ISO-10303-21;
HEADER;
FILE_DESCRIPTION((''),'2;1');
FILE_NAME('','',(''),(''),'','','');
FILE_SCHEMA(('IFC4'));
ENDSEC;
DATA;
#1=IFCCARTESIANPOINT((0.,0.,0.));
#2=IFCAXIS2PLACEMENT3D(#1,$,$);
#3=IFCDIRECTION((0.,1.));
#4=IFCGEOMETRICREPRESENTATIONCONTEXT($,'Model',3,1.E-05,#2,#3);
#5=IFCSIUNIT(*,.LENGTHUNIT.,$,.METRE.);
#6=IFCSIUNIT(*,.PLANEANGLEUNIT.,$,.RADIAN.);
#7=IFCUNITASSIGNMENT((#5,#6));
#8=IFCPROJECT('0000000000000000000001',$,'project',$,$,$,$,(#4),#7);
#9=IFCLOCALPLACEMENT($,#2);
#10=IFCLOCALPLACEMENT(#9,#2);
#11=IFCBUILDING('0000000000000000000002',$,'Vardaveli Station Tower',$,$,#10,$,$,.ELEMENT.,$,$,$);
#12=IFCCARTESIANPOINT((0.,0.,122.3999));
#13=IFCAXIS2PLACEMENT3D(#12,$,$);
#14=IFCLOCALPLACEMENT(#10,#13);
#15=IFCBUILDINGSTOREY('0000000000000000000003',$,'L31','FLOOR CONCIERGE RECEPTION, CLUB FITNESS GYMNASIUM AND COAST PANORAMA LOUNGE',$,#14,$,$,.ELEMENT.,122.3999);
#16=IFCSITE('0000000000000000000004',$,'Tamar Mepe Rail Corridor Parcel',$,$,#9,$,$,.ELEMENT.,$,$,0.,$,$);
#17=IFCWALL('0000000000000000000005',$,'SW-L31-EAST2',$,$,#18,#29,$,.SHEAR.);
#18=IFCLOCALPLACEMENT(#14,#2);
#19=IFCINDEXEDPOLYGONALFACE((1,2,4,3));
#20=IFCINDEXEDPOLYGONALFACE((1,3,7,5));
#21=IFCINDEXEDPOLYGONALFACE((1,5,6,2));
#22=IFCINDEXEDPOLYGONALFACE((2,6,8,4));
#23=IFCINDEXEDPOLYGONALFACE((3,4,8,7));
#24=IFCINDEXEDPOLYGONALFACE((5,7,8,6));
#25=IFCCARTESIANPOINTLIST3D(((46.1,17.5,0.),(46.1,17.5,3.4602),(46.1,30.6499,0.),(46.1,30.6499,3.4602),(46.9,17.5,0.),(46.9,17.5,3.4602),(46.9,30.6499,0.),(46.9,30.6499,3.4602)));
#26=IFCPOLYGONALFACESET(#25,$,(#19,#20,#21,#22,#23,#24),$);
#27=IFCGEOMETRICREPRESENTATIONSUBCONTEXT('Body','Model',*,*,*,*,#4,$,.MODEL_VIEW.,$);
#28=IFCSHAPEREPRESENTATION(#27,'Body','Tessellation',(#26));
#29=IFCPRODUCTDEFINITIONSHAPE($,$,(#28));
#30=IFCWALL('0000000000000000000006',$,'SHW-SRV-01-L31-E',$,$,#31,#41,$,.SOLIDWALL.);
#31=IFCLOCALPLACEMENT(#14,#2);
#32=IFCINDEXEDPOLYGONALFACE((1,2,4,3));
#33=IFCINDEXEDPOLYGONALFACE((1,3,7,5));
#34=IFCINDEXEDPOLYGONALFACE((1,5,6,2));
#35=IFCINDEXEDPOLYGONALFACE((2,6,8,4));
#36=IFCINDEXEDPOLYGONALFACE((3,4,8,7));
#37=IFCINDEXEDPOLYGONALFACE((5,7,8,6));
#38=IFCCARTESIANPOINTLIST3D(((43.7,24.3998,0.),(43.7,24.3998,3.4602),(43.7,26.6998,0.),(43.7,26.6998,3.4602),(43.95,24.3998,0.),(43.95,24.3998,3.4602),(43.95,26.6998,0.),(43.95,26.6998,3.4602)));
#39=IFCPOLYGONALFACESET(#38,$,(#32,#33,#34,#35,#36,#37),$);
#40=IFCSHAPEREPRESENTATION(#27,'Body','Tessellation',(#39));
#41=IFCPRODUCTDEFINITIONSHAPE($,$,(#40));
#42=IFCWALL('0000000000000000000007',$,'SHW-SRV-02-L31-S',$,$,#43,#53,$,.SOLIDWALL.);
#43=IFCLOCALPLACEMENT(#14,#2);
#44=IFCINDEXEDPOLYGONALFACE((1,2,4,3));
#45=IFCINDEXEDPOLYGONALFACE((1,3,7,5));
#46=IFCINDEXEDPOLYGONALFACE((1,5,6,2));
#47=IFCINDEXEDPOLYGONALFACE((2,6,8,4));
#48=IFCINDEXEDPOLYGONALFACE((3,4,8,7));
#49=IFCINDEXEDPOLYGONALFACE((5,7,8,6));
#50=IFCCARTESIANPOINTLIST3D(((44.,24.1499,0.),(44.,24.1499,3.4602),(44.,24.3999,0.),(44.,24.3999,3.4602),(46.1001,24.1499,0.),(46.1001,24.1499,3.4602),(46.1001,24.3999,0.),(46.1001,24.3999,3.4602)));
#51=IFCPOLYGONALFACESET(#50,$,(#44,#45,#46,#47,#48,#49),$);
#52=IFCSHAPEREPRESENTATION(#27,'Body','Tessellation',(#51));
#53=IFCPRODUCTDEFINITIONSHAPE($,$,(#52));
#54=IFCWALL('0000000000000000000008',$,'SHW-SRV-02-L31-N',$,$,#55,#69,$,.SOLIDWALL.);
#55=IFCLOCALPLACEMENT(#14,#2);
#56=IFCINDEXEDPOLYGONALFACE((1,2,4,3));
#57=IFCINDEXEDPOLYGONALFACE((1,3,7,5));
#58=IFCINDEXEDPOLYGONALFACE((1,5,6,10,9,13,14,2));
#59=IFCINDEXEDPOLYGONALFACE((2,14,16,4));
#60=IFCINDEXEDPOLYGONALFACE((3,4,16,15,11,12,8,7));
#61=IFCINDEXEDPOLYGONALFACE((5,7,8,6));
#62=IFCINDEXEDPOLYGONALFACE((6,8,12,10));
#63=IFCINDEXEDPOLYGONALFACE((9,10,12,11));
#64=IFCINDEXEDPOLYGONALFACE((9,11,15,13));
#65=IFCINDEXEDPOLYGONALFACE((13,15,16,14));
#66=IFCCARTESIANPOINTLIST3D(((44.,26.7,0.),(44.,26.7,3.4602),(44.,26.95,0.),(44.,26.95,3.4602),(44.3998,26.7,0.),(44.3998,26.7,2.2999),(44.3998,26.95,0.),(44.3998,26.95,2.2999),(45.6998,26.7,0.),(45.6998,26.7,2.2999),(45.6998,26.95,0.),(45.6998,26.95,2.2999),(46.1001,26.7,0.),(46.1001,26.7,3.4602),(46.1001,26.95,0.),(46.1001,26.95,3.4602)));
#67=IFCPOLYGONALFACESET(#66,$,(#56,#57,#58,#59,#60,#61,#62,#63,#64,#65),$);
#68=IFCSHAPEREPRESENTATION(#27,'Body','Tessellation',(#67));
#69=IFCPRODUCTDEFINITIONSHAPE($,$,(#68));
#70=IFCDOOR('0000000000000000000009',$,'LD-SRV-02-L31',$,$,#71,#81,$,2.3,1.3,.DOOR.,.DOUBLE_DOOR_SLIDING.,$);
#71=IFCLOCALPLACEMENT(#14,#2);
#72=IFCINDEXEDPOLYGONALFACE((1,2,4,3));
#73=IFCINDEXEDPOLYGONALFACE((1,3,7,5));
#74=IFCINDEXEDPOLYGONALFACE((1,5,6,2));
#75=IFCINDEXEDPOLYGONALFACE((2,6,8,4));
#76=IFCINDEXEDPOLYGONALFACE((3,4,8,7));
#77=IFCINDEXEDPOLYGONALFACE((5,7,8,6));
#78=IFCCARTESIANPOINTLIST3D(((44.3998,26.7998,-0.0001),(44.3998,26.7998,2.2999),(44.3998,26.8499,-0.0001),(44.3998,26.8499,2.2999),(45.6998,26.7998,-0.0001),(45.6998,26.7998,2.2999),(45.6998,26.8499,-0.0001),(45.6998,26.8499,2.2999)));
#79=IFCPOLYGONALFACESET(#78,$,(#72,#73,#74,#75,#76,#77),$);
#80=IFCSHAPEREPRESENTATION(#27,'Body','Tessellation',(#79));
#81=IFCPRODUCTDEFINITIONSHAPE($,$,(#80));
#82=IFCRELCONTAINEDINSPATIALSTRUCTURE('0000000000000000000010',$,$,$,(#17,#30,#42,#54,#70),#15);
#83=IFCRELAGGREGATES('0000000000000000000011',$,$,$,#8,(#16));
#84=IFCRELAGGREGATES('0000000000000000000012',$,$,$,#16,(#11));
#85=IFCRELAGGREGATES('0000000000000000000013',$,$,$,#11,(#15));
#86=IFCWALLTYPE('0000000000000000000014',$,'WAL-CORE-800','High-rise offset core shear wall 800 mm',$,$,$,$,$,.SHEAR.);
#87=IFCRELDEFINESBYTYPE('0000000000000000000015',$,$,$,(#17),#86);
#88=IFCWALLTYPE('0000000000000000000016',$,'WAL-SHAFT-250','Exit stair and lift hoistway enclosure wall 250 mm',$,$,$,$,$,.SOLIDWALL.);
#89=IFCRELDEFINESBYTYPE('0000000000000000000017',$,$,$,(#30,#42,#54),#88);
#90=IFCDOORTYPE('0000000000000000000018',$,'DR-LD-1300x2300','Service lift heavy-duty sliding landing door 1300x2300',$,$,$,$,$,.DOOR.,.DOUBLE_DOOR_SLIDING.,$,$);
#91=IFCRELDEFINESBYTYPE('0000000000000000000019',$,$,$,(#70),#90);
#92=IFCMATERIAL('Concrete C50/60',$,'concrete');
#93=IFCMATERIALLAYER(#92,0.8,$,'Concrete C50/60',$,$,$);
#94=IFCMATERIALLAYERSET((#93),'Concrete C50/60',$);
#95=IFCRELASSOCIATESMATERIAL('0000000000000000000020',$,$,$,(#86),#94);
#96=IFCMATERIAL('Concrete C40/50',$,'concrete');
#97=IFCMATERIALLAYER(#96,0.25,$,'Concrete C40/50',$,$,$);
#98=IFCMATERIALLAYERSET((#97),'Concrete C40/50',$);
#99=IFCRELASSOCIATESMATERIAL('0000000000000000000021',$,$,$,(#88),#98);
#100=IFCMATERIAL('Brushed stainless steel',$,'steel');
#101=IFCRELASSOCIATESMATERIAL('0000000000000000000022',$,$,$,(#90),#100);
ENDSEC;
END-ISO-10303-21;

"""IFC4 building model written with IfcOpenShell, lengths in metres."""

from ifc_helpers import new_model, si_unit, direction, frame, frame_2d, origin, place, context, subcontext, project, spatial, rectangle, extrude, source, transform, mapped, material, layer, layer_set, type_object, element, fill, save


model = new_model("IFC4")

# Units and contexts
model_context = context("Model", 3, precision=1e-05, world=origin(), true_north=direction((0.0, 1.0)))
body_context = subcontext(model_context, "Body", "Model", "MODEL_VIEW")
ifc_project = project(units=[si_unit("LENGTHUNIT", "METRE"), si_unit("PLANEANGLEUNIT", "RADIAN")], contexts=[model_context])

# Site, building, storey
site_placement = place(None, origin())
site = spatial("IfcSite", under=ifc_project, at=site_placement, Name="Tamar Mepe Rail Corridor Parcel", CompositionType="ELEMENT", RefElevation=0.0)
building_placement = place(site_placement, origin())
building = spatial("IfcBuilding", under=site, at=building_placement, Name="Vardaveli Station Tower", CompositionType="ELEMENT")
storey_placement = place(building_placement, frame((0.0, 0.0, 122.3999)))
storey = spatial("IfcBuildingStorey", under=building, at=storey_placement, Name="L31", Description="FLOOR CONCIERGE RECEPTION, CLUB FITNESS GYMNASIUM AND COAST PANORAMA LOUNGE", CompositionType="ELEMENT", Elevation=122.3999)

# Walls
ifc_material_1 = material(Name="Concrete C50/60", Category="concrete")
ifc_layer_1 = layer(ifc_material_1, 0.8, Name="Concrete C50/60")
ifc_layer_set_1 = layer_set([ifc_layer_1], Name="Concrete C50/60")
wall_type_1 = type_object("IfcWallType", Name="WAL-CORE-800", Description="High-rise offset core shear wall 800 mm", PredefinedType="SHEAR", material=ifc_layer_set_1)
shared_shape_1 = source(origin(), body_context, "Body", "SweptSolid", [
    extrude(rectangle(XDim=13.1499, YDim=0.8, at=frame_2d((6.575, 0.0))), origin(), (0.0, 0.0, 1.0), 3.4602),
])
wall_1_placement = place(storey_placement, frame((46.5, 17.5, 0.0), z_axis=(0.0, 0.0, 1.0), x_axis=(0.0, 1.0, 0.0)))
element("IfcWall", 1, at=wall_1_placement, inside=storey, type_object=wall_type_1, Name="SW-L31-EAST2", PredefinedType="SHEAR", context=body_context, shape_type="MappedRepresentation", body=[
    mapped(shared_shape_1, transform((0.0, 0.0, 0.0), scale=1.0)),
])
ifc_material_2 = material(Name="Concrete C40/50", Category="concrete")
ifc_layer_2 = layer(ifc_material_2, 0.25, Name="Concrete C40/50")
ifc_layer_set_2 = layer_set([ifc_layer_2], Name="Concrete C40/50")
wall_type_2 = type_object("IfcWallType", Name="WAL-SHAFT-250", Description="Exit stair and lift hoistway enclosure wall 250 mm", PredefinedType="SOLIDWALL", material=ifc_layer_set_2)
shared_shape_2 = source(origin(), body_context, "Body", "SweptSolid", [
    extrude(rectangle(XDim=2.3, YDim=0.25, at=frame_2d((1.1499, 0.0))), origin(), (0.0, 0.0, 1.0), 3.4602),
])
wall_2_placement = place(storey_placement, frame((43.825, 24.3999, 0.0), z_axis=(0.0, 0.0, 1.0), x_axis=(0.0, 1.0, 0.0)))
element("IfcWall", 2, at=wall_2_placement, inside=storey, type_object=wall_type_2, Name="SHW-SRV-01-L31-E", PredefinedType="SOLIDWALL", context=body_context, shape_type="MappedRepresentation", body=[
    mapped(shared_shape_2, transform((0.0, 0.0, 0.0), scale=1.0)),
])
shared_shape_3 = source(origin(), body_context, "Body", "SweptSolid", [
    extrude(rectangle(XDim=2.1001, YDim=0.25, at=frame_2d((1.05, 0.0))), origin(), (0.0, 0.0, 1.0), 3.4602),
])
wall_3_placement = place(storey_placement, frame((44.0, 24.2749, 0.0), z_axis=(0.0, 0.0, 1.0), x_axis=(1.0, 0.0, 0.0)))
element("IfcWall", 3, at=wall_3_placement, inside=storey, type_object=wall_type_2, Name="SHW-SRV-02-L31-S", PredefinedType="SOLIDWALL", context=body_context, shape_type="MappedRepresentation", body=[
    mapped(shared_shape_3, transform((0.0, 0.0, 0.0), scale=1.0)),
])

# Wall, opening, door
wall_4_placement = place(storey_placement, frame((44.0, 26.825, 0.0), z_axis=(0.0, 0.0, 1.0), x_axis=(1.0, 0.0, 0.0)))
wall_4 = element("IfcWall", 4, at=wall_4_placement, inside=storey, type_object=wall_type_2, Name="SHW-SRV-02-L31-N", PredefinedType="SOLIDWALL", context=body_context, shape_type="MappedRepresentation", body=[
    mapped(shared_shape_3, transform((0.0, 0.0, 0.0), scale=1.0)),
])
shared_shape_4 = source(origin(), body_context, "Body", "SweptSolid", [
    extrude(rectangle(XDim=1.3, YDim=2.3, at=frame_2d((0.6499, 1.1499))), frame((0.0, 0.135, 0.0), z_axis=(0.0, -1.0, 0.0), x_axis=(1.0, 0.0, 0.0)), (0.0, 0.0, 1.0), 0.27),
])
opening_placement = place(wall_4_placement, frame((0.3999, 0.0, 0.0)))
opening = element("IfcOpeningElement", 5, at=opening_placement, cuts=wall_4, PredefinedType="OPENING", context=body_context, shape_type="MappedRepresentation", body=[
    mapped(shared_shape_4, transform((0.0, 0.0, 0.0), scale=1.0)),
])
ifc_material_3 = material(Name="Brushed stainless steel", Category="steel")
door_type = type_object("IfcDoorType", Name="DR-LD-1300x2300", Description="Service lift heavy-duty sliding landing door 1300x2300", OperationType="DOUBLE_DOOR_SLIDING", PredefinedType="DOOR", material=ifc_material_3)
shared_shape_5 = source(origin(), body_context, "Body", "SweptSolid", [
    extrude(rectangle(XDim=1.3, YDim=2.3, at=frame_2d((0.6499, 1.1499))), frame((0.0, 0.0249, 0.0), z_axis=(0.0, -1.0, 0.0), x_axis=(1.0, 0.0, 0.0)), (0.0, 0.0, 1.0), 0.05),
])
door_placement = place(opening_placement, origin())
door = element("IfcDoor", 6, at=door_placement, inside=storey, type_object=door_type, Name="LD-SRV-02-L31", OperationType="DOUBLE_DOOR_SLIDING", OverallHeight=2.3, OverallWidth=1.3, PredefinedType="DOOR", context=body_context, shape_type="MappedRepresentation", body=[
    mapped(shared_shape_5, transform((0.0, 0.0, 0.0), scale=1.0)),
])
fill(opening, door)

save(model, "model.ifc")
